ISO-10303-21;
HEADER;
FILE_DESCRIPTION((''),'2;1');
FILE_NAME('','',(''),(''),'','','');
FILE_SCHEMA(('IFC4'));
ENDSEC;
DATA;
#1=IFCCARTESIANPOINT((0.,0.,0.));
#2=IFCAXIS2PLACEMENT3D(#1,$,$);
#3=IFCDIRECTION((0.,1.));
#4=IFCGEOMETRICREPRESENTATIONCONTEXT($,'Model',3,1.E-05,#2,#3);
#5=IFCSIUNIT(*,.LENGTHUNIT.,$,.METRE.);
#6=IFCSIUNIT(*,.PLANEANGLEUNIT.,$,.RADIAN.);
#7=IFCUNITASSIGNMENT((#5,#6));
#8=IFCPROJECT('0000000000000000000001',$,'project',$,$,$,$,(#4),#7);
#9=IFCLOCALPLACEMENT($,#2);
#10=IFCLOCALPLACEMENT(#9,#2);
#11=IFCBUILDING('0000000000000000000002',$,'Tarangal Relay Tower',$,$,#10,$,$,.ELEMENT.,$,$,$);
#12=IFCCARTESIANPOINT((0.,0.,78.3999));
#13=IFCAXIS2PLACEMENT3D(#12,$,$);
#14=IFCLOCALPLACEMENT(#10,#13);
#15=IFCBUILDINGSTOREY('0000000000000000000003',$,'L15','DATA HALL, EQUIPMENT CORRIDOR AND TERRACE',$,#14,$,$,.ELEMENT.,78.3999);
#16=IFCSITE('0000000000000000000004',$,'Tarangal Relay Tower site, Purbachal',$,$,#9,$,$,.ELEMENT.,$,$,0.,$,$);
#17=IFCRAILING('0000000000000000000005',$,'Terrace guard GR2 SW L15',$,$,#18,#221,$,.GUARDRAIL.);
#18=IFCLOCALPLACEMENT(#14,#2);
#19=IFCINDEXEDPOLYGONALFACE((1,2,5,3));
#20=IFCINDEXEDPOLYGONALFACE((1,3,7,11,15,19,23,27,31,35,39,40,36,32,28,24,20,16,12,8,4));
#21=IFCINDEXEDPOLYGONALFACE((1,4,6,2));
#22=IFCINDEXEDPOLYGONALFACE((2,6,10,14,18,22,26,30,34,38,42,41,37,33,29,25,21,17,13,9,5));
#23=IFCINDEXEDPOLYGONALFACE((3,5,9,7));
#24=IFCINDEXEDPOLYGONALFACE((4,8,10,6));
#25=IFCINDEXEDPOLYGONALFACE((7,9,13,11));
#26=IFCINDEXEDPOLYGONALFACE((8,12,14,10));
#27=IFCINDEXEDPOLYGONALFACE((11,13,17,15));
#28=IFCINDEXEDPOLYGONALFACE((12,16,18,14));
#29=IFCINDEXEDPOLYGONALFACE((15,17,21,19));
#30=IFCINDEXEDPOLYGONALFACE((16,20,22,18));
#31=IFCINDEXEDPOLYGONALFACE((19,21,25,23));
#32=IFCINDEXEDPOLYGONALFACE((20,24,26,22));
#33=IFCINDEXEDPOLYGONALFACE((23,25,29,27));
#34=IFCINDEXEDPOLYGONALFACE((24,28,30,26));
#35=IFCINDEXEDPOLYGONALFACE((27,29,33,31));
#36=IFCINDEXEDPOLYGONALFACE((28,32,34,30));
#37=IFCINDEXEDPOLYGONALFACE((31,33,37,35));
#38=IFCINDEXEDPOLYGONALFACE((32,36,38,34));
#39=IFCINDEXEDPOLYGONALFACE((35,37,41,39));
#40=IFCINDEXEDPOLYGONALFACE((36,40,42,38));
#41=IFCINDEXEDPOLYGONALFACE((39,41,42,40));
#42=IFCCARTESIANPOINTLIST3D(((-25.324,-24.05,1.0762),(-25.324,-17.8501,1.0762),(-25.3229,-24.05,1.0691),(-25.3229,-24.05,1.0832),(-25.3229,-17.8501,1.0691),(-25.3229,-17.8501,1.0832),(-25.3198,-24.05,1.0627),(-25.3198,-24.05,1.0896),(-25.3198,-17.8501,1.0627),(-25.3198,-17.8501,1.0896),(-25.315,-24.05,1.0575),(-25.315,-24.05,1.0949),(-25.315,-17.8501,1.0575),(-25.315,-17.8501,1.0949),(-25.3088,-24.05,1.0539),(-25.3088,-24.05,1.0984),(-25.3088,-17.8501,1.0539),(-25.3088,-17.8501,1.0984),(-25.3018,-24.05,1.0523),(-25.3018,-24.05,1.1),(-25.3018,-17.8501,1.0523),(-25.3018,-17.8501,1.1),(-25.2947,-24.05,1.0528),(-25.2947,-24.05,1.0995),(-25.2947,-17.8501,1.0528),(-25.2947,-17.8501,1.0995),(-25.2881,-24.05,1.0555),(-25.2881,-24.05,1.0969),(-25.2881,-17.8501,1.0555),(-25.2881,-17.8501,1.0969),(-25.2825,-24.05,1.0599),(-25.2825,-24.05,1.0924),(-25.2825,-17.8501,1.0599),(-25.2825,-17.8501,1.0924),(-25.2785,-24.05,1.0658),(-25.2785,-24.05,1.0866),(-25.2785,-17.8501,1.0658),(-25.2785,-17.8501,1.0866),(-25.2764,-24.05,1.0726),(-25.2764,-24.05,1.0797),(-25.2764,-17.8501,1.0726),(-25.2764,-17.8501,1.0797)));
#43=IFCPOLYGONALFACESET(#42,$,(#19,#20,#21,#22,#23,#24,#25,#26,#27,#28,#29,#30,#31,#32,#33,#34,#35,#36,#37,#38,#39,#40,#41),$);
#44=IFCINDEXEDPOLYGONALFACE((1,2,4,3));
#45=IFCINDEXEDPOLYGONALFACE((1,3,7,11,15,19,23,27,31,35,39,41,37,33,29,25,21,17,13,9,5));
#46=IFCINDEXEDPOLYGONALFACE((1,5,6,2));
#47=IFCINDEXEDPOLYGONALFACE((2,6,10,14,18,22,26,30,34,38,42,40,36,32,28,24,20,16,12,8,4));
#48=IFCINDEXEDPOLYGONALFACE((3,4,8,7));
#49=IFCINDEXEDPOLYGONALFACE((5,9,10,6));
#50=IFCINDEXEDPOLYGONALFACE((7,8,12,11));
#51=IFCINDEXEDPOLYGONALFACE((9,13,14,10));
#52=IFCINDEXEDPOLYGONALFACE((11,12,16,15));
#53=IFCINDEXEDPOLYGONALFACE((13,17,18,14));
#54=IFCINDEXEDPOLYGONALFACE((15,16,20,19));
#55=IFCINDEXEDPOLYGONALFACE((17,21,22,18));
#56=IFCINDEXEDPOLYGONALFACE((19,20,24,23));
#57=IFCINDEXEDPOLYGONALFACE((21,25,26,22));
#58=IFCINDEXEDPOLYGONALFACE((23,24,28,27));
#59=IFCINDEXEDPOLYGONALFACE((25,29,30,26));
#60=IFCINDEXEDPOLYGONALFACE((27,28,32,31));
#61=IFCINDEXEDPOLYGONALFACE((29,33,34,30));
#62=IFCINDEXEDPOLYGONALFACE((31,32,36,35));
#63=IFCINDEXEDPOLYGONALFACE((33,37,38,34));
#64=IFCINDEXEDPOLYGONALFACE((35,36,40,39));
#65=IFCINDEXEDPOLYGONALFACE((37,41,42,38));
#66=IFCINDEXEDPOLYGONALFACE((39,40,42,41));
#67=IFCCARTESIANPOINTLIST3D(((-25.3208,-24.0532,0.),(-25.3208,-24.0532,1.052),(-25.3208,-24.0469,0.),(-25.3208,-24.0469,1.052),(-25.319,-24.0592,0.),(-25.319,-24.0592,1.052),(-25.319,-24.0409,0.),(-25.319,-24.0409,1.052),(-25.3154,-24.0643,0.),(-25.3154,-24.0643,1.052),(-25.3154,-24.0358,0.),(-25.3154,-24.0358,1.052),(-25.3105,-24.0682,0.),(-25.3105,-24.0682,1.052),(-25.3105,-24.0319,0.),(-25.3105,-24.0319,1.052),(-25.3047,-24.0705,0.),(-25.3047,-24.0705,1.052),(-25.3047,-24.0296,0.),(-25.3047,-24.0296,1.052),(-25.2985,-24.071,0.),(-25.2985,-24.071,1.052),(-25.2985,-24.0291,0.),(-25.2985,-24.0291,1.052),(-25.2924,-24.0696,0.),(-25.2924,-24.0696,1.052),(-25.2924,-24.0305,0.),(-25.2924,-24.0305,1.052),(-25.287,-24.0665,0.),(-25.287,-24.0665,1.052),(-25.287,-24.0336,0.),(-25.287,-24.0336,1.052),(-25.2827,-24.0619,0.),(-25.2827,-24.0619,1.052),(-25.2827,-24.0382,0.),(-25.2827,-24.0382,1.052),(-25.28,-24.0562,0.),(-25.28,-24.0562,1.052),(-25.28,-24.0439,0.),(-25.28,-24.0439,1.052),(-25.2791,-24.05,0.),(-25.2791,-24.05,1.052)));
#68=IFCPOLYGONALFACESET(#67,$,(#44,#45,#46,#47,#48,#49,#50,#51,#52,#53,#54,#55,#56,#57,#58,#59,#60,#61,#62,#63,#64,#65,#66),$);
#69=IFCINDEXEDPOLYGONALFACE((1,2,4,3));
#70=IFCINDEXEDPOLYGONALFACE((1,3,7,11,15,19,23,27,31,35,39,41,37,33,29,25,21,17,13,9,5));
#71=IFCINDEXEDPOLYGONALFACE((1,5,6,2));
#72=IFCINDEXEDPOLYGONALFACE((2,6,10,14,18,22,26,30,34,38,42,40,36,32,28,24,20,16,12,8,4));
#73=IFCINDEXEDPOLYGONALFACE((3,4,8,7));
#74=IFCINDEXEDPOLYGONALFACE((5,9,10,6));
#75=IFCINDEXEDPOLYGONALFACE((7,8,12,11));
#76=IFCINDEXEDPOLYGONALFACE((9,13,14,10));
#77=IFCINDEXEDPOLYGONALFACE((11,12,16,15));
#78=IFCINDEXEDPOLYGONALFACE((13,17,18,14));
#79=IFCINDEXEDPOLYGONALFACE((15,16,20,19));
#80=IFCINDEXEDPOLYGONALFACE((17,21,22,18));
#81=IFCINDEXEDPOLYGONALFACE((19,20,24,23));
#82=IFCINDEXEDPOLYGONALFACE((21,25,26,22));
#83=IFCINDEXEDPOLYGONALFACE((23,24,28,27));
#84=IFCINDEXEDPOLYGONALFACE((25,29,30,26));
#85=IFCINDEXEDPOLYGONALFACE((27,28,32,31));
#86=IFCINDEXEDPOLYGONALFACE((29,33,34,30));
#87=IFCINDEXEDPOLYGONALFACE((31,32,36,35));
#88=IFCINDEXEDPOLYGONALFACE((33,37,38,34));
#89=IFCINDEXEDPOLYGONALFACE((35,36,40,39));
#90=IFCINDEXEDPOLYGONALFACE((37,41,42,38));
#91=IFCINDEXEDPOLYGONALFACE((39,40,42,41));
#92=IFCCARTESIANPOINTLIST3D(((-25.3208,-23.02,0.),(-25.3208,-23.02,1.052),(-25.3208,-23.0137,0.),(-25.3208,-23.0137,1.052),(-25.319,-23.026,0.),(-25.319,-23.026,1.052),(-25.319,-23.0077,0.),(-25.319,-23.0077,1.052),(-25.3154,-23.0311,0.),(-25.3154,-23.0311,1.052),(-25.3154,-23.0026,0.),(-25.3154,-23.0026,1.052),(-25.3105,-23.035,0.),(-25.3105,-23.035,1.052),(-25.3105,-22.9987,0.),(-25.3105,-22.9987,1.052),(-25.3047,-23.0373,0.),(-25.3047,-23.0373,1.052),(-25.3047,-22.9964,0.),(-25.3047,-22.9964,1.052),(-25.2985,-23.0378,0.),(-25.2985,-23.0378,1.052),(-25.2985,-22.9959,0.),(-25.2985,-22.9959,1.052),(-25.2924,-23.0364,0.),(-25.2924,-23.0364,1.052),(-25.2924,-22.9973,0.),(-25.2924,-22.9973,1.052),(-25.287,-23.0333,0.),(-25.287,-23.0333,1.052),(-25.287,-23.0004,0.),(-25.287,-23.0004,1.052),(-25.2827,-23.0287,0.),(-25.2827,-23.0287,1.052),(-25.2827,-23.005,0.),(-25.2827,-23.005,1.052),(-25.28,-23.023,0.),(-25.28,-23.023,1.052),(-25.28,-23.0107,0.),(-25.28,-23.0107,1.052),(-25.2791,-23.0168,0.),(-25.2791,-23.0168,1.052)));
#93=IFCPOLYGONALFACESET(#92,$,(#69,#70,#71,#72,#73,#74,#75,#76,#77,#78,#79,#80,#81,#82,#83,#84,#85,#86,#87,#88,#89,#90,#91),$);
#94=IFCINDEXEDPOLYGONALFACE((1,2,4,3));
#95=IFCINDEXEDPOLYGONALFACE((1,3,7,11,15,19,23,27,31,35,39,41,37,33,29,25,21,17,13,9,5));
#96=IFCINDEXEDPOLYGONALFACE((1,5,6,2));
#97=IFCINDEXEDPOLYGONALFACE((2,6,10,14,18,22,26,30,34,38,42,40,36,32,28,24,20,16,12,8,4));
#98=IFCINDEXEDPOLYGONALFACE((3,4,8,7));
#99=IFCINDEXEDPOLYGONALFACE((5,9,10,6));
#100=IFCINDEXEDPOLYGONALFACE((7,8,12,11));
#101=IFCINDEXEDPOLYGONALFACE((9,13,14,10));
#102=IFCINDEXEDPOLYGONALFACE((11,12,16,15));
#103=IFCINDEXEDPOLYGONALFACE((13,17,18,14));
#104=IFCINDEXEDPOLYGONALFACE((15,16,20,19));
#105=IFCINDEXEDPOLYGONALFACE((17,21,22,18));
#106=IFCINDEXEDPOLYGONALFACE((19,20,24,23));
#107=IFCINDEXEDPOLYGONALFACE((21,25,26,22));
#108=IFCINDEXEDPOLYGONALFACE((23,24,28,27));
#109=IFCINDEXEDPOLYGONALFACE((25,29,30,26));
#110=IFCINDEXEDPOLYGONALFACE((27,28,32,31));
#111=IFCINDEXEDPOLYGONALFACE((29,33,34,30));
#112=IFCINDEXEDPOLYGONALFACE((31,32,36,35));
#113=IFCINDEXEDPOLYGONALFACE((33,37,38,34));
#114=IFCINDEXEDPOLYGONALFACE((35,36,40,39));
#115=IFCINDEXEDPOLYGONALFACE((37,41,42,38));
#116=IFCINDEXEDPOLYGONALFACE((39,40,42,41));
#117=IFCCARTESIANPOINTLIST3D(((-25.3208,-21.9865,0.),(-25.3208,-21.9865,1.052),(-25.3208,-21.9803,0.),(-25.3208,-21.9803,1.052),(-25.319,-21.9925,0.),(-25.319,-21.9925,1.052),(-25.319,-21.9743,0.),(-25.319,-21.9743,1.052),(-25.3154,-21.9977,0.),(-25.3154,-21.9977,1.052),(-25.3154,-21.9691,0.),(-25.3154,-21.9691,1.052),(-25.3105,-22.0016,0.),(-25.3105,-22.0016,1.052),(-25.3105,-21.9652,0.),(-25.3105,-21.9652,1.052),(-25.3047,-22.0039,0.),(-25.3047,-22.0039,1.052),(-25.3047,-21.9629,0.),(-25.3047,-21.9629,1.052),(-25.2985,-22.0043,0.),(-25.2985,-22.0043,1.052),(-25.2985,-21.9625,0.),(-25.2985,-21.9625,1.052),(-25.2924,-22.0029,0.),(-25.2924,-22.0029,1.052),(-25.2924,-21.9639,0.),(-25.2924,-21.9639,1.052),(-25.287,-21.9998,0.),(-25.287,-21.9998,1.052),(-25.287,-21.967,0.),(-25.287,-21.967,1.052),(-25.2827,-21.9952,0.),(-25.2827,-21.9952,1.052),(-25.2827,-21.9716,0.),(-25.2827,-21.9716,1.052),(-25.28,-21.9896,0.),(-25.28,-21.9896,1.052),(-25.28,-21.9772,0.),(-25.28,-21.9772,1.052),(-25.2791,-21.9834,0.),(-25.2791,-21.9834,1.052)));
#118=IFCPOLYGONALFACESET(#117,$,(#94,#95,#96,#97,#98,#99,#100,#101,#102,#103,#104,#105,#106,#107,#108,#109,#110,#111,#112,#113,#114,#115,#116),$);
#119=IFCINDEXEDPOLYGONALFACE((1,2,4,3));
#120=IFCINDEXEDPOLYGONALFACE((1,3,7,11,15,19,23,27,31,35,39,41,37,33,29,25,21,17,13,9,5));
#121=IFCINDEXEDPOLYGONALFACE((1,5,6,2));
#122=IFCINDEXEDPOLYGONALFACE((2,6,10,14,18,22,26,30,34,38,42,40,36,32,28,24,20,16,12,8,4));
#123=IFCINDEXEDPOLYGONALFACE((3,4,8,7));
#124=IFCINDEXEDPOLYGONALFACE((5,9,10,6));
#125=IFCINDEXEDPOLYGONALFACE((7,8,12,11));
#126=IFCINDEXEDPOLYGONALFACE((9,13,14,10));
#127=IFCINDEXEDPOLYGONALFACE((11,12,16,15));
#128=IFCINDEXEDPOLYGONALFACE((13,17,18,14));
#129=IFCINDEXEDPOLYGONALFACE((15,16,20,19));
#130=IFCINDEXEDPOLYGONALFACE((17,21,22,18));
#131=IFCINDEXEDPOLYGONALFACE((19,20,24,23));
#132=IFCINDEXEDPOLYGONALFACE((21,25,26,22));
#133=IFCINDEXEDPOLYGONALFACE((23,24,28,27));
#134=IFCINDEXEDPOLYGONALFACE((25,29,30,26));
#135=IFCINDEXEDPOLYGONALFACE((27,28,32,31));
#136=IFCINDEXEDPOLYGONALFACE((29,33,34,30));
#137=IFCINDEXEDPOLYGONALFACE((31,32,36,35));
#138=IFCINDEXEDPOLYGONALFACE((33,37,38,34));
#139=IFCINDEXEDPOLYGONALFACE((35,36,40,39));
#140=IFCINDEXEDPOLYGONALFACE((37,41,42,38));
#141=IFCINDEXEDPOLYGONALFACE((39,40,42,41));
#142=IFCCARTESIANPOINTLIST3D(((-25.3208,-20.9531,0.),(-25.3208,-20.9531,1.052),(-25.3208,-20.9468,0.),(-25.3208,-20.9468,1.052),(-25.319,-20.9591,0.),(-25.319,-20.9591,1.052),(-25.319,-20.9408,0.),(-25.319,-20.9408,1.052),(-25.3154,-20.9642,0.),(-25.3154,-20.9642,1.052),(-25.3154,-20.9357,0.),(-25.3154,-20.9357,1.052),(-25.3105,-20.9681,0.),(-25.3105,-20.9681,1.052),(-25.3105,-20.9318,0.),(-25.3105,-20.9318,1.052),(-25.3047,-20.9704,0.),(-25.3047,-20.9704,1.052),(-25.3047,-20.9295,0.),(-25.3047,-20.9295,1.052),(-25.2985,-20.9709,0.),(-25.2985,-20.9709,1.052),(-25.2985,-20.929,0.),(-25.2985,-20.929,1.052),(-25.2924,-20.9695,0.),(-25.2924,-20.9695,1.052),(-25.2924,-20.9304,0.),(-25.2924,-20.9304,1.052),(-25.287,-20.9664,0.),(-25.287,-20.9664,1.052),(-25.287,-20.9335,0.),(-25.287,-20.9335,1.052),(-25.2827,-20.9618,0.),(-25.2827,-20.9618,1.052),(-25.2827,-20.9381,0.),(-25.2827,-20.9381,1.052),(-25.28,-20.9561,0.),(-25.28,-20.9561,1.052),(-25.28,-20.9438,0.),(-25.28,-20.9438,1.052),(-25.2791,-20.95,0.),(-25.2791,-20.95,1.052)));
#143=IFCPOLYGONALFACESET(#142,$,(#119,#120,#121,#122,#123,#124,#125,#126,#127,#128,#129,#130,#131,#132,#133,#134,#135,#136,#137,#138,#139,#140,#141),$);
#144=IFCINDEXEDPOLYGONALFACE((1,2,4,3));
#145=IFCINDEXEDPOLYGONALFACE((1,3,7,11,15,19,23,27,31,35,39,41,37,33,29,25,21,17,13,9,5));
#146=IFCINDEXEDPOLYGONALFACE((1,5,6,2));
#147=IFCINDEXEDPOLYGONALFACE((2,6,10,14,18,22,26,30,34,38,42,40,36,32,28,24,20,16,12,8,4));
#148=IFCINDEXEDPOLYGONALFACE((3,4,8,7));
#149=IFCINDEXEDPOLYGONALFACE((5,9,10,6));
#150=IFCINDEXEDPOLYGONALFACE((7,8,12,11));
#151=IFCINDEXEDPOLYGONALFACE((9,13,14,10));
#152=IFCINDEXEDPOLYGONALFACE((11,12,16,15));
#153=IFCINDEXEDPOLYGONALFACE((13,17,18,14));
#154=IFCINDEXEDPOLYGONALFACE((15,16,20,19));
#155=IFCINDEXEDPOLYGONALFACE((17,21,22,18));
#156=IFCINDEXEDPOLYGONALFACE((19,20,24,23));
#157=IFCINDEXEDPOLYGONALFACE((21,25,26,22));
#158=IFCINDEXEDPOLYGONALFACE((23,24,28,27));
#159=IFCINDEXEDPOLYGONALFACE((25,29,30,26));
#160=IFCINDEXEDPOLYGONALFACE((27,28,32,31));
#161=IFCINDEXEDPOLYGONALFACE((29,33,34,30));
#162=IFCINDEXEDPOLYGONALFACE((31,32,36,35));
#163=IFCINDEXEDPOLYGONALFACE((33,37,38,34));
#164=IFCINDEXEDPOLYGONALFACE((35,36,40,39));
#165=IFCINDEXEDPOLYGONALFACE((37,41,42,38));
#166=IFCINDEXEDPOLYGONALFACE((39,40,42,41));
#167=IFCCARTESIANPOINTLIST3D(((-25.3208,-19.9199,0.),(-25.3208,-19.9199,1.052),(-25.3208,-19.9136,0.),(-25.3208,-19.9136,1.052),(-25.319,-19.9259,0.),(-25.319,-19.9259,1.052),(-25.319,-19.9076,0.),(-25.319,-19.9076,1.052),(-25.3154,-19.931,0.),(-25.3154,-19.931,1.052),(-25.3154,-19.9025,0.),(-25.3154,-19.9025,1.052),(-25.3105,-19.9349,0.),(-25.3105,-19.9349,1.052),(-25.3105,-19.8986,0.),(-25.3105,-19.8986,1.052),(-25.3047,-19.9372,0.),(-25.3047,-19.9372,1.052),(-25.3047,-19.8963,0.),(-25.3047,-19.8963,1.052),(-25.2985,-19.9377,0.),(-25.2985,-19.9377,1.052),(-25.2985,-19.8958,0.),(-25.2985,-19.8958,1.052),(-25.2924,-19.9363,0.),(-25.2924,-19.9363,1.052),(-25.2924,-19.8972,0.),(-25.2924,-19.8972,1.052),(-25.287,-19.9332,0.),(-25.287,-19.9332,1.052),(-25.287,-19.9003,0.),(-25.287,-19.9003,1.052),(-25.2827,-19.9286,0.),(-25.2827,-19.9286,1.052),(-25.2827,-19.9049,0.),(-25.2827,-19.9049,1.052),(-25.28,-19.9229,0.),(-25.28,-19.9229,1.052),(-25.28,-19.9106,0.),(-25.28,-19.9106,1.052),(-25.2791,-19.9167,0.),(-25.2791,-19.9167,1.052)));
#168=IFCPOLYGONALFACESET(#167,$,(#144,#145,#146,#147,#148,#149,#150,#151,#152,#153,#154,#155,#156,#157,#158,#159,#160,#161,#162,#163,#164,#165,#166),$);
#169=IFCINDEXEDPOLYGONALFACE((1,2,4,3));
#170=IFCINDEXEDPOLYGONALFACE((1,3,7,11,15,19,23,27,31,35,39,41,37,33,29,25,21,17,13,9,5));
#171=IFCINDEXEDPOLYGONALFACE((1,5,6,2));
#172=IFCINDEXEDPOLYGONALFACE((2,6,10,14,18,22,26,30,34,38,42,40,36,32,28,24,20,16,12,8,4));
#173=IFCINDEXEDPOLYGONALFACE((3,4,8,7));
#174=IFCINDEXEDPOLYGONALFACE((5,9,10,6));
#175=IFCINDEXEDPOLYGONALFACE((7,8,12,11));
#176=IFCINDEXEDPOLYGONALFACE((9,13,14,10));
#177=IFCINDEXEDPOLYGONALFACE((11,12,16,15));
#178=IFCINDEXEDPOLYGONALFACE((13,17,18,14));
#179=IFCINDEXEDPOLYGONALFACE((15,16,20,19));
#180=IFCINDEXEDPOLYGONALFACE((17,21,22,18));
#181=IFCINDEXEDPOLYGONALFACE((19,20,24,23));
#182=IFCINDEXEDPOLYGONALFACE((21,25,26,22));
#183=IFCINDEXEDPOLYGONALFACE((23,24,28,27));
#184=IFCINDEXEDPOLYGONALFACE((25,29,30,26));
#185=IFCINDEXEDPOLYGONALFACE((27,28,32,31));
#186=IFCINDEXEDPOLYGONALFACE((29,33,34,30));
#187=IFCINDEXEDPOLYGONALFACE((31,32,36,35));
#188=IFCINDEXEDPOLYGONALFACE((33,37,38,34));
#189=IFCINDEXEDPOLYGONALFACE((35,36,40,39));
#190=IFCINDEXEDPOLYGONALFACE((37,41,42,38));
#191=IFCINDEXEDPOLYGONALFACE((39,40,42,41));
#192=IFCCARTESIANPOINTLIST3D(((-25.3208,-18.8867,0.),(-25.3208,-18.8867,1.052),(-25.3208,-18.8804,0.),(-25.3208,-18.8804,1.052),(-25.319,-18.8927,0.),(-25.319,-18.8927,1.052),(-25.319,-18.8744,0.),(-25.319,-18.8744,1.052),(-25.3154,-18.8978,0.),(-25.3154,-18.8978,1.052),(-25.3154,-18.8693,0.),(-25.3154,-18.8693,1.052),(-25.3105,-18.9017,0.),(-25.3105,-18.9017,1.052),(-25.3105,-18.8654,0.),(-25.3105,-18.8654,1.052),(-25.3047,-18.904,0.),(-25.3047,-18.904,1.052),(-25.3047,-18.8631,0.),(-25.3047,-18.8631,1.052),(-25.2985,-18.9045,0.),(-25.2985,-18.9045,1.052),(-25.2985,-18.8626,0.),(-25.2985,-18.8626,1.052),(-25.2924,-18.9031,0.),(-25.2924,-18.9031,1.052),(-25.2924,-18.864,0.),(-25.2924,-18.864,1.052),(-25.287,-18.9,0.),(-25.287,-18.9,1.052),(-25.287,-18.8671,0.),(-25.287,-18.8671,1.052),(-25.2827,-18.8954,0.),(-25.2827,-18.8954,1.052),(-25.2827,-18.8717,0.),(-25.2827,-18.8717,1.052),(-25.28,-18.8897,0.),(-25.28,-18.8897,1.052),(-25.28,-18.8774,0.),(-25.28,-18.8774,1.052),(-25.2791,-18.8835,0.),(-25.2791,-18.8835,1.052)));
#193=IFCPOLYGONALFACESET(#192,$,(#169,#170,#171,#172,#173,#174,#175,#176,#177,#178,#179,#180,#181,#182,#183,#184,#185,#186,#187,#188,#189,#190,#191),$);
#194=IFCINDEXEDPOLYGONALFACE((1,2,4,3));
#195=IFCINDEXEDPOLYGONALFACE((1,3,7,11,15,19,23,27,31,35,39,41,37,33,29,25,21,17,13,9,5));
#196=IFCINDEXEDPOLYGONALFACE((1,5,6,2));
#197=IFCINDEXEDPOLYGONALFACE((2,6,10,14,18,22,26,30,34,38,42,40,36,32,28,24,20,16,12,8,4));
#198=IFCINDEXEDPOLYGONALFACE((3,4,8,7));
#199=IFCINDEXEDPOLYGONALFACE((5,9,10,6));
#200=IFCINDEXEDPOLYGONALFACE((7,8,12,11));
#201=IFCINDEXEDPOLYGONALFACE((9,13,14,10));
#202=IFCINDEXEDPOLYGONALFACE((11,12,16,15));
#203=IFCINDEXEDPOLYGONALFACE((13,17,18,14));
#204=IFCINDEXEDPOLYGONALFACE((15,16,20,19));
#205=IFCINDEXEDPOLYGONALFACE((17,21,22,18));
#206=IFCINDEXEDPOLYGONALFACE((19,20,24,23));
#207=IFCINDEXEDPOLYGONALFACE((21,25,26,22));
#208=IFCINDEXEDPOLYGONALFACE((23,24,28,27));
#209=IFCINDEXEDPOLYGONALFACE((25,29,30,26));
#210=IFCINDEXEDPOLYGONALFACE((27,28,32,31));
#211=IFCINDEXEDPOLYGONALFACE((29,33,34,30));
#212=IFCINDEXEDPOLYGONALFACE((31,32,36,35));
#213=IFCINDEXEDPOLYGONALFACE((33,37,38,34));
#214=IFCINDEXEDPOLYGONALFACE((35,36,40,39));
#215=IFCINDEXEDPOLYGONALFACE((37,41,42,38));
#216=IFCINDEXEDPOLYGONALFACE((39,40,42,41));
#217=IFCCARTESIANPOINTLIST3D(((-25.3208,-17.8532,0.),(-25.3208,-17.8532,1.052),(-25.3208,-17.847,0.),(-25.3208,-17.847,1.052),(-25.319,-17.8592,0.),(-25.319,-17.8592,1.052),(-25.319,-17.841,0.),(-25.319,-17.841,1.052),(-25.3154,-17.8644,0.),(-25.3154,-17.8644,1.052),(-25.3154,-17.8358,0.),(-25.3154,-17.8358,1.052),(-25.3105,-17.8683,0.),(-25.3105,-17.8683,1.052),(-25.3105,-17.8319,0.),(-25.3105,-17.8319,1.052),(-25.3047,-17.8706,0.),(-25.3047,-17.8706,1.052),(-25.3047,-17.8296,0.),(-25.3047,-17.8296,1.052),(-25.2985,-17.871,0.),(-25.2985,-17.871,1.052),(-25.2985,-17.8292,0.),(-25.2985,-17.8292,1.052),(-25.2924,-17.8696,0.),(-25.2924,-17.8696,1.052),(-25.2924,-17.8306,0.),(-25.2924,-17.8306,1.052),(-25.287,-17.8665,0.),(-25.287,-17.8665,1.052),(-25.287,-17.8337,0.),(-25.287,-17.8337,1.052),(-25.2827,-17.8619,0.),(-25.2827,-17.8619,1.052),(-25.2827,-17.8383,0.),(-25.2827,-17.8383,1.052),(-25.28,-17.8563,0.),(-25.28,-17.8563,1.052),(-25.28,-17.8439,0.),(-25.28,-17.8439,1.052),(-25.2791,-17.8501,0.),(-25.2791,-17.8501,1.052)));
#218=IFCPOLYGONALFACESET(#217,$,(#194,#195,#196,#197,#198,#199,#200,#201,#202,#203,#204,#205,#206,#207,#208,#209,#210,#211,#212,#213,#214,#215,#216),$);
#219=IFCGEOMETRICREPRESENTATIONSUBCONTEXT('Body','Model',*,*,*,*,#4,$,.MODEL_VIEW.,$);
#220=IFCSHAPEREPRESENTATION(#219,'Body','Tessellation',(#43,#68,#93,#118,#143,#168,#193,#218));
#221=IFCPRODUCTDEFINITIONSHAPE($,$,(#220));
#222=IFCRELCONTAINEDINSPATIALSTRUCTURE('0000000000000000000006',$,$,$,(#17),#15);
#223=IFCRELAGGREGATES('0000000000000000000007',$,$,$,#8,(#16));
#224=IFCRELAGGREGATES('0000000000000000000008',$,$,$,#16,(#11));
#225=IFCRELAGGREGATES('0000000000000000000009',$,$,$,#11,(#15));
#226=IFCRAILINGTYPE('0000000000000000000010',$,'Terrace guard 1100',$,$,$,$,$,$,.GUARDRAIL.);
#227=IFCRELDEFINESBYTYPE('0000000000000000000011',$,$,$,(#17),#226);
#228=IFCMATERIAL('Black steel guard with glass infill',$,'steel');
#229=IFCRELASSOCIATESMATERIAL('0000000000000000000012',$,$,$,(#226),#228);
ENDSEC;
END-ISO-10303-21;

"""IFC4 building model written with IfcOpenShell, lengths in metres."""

from ifc_helpers import new_model, si_unit, direction, frame, origin, origin_2d, place, context, subcontext, project, spatial, circle, extrude, material, type_object, element, save


model = new_model("IFC4")

# Units and contexts
model_context = context("Model", 3, precision=1e-05, world=origin(), true_north=direction((0.0, 1.0)))
body_context = subcontext(model_context, "Body", "Model", "MODEL_VIEW")
ifc_project = project(units=[si_unit("LENGTHUNIT", "METRE"), si_unit("PLANEANGLEUNIT", "RADIAN")], contexts=[model_context])

# Site, building, storey
site_placement = place(None, origin())
site = spatial("IfcSite", under=ifc_project, at=site_placement, Name="Tarangal Relay Tower site, Purbachal", CompositionType="ELEMENT", RefElevation=0.0)
building_placement = place(site_placement, origin())
building = spatial("IfcBuilding", under=site, at=building_placement, Name="Tarangal Relay Tower", CompositionType="ELEMENT")
storey_placement = place(building_placement, frame((0.0, 0.0, 78.3999)))
storey = spatial("IfcBuildingStorey", under=building, at=storey_placement, Name="L15", Description="DATA HALL, EQUIPMENT CORRIDOR AND TERRACE", CompositionType="ELEMENT", Elevation=78.3999)

# Railing
ifc_material_1 = material(Name="Black steel guard with glass infill", Category="steel")
railing_type = type_object("IfcRailingType", Name="Terrace guard 1100", PredefinedType="GUARDRAIL", material=ifc_material_1)
railing_1_placement = place(storey_placement, frame((-25.3, -24.05, 0.0)))
element("IfcRailing", 1, at=railing_1_placement, inside=storey, type_object=railing_type, Name="Terrace guard GR2 SW L15", PredefinedType="GUARDRAIL", context=body_context, shape_type="SweptSolid", body=[
    extrude(circle(Radius=0.0239, at=origin_2d()), frame((0.0, 0.0, 1.0762), z_axis=(0.0, 1.0, 0.0), x_axis=(-1.0, 0.0, 0.0)), (0.0, 0.0, 1.0), 6.2),
    extrude(circle(Radius=0.021, at=origin_2d()), origin(), (0.0, 0.0, 1.0), 1.052),
    extrude(circle(Radius=0.021, at=origin_2d()), frame((0.0, 1.0332, 0.0)), (0.0, 0.0, 1.0), 1.052),
    extrude(circle(Radius=0.021, at=origin_2d()), frame((0.0, 2.0667, 0.0)), (0.0, 0.0, 1.0), 1.052),
    extrude(circle(Radius=0.021, at=origin_2d()), frame((0.0, 3.1001, 0.0)), (0.0, 0.0, 1.0), 1.052),
    extrude(circle(Radius=0.021, at=origin_2d()), frame((0.0, 4.1333, 0.0)), (0.0, 0.0, 1.0), 1.052),
    extrude(circle(Radius=0.021, at=origin_2d()), frame((0.0, 5.1665, 0.0)), (0.0, 0.0, 1.0), 1.052),
    extrude(circle(Radius=0.021, at=origin_2d()), frame((0.0, 6.2, 0.0)), (0.0, 0.0, 1.0), 1.052),
])

save(model, "model.ifc")
